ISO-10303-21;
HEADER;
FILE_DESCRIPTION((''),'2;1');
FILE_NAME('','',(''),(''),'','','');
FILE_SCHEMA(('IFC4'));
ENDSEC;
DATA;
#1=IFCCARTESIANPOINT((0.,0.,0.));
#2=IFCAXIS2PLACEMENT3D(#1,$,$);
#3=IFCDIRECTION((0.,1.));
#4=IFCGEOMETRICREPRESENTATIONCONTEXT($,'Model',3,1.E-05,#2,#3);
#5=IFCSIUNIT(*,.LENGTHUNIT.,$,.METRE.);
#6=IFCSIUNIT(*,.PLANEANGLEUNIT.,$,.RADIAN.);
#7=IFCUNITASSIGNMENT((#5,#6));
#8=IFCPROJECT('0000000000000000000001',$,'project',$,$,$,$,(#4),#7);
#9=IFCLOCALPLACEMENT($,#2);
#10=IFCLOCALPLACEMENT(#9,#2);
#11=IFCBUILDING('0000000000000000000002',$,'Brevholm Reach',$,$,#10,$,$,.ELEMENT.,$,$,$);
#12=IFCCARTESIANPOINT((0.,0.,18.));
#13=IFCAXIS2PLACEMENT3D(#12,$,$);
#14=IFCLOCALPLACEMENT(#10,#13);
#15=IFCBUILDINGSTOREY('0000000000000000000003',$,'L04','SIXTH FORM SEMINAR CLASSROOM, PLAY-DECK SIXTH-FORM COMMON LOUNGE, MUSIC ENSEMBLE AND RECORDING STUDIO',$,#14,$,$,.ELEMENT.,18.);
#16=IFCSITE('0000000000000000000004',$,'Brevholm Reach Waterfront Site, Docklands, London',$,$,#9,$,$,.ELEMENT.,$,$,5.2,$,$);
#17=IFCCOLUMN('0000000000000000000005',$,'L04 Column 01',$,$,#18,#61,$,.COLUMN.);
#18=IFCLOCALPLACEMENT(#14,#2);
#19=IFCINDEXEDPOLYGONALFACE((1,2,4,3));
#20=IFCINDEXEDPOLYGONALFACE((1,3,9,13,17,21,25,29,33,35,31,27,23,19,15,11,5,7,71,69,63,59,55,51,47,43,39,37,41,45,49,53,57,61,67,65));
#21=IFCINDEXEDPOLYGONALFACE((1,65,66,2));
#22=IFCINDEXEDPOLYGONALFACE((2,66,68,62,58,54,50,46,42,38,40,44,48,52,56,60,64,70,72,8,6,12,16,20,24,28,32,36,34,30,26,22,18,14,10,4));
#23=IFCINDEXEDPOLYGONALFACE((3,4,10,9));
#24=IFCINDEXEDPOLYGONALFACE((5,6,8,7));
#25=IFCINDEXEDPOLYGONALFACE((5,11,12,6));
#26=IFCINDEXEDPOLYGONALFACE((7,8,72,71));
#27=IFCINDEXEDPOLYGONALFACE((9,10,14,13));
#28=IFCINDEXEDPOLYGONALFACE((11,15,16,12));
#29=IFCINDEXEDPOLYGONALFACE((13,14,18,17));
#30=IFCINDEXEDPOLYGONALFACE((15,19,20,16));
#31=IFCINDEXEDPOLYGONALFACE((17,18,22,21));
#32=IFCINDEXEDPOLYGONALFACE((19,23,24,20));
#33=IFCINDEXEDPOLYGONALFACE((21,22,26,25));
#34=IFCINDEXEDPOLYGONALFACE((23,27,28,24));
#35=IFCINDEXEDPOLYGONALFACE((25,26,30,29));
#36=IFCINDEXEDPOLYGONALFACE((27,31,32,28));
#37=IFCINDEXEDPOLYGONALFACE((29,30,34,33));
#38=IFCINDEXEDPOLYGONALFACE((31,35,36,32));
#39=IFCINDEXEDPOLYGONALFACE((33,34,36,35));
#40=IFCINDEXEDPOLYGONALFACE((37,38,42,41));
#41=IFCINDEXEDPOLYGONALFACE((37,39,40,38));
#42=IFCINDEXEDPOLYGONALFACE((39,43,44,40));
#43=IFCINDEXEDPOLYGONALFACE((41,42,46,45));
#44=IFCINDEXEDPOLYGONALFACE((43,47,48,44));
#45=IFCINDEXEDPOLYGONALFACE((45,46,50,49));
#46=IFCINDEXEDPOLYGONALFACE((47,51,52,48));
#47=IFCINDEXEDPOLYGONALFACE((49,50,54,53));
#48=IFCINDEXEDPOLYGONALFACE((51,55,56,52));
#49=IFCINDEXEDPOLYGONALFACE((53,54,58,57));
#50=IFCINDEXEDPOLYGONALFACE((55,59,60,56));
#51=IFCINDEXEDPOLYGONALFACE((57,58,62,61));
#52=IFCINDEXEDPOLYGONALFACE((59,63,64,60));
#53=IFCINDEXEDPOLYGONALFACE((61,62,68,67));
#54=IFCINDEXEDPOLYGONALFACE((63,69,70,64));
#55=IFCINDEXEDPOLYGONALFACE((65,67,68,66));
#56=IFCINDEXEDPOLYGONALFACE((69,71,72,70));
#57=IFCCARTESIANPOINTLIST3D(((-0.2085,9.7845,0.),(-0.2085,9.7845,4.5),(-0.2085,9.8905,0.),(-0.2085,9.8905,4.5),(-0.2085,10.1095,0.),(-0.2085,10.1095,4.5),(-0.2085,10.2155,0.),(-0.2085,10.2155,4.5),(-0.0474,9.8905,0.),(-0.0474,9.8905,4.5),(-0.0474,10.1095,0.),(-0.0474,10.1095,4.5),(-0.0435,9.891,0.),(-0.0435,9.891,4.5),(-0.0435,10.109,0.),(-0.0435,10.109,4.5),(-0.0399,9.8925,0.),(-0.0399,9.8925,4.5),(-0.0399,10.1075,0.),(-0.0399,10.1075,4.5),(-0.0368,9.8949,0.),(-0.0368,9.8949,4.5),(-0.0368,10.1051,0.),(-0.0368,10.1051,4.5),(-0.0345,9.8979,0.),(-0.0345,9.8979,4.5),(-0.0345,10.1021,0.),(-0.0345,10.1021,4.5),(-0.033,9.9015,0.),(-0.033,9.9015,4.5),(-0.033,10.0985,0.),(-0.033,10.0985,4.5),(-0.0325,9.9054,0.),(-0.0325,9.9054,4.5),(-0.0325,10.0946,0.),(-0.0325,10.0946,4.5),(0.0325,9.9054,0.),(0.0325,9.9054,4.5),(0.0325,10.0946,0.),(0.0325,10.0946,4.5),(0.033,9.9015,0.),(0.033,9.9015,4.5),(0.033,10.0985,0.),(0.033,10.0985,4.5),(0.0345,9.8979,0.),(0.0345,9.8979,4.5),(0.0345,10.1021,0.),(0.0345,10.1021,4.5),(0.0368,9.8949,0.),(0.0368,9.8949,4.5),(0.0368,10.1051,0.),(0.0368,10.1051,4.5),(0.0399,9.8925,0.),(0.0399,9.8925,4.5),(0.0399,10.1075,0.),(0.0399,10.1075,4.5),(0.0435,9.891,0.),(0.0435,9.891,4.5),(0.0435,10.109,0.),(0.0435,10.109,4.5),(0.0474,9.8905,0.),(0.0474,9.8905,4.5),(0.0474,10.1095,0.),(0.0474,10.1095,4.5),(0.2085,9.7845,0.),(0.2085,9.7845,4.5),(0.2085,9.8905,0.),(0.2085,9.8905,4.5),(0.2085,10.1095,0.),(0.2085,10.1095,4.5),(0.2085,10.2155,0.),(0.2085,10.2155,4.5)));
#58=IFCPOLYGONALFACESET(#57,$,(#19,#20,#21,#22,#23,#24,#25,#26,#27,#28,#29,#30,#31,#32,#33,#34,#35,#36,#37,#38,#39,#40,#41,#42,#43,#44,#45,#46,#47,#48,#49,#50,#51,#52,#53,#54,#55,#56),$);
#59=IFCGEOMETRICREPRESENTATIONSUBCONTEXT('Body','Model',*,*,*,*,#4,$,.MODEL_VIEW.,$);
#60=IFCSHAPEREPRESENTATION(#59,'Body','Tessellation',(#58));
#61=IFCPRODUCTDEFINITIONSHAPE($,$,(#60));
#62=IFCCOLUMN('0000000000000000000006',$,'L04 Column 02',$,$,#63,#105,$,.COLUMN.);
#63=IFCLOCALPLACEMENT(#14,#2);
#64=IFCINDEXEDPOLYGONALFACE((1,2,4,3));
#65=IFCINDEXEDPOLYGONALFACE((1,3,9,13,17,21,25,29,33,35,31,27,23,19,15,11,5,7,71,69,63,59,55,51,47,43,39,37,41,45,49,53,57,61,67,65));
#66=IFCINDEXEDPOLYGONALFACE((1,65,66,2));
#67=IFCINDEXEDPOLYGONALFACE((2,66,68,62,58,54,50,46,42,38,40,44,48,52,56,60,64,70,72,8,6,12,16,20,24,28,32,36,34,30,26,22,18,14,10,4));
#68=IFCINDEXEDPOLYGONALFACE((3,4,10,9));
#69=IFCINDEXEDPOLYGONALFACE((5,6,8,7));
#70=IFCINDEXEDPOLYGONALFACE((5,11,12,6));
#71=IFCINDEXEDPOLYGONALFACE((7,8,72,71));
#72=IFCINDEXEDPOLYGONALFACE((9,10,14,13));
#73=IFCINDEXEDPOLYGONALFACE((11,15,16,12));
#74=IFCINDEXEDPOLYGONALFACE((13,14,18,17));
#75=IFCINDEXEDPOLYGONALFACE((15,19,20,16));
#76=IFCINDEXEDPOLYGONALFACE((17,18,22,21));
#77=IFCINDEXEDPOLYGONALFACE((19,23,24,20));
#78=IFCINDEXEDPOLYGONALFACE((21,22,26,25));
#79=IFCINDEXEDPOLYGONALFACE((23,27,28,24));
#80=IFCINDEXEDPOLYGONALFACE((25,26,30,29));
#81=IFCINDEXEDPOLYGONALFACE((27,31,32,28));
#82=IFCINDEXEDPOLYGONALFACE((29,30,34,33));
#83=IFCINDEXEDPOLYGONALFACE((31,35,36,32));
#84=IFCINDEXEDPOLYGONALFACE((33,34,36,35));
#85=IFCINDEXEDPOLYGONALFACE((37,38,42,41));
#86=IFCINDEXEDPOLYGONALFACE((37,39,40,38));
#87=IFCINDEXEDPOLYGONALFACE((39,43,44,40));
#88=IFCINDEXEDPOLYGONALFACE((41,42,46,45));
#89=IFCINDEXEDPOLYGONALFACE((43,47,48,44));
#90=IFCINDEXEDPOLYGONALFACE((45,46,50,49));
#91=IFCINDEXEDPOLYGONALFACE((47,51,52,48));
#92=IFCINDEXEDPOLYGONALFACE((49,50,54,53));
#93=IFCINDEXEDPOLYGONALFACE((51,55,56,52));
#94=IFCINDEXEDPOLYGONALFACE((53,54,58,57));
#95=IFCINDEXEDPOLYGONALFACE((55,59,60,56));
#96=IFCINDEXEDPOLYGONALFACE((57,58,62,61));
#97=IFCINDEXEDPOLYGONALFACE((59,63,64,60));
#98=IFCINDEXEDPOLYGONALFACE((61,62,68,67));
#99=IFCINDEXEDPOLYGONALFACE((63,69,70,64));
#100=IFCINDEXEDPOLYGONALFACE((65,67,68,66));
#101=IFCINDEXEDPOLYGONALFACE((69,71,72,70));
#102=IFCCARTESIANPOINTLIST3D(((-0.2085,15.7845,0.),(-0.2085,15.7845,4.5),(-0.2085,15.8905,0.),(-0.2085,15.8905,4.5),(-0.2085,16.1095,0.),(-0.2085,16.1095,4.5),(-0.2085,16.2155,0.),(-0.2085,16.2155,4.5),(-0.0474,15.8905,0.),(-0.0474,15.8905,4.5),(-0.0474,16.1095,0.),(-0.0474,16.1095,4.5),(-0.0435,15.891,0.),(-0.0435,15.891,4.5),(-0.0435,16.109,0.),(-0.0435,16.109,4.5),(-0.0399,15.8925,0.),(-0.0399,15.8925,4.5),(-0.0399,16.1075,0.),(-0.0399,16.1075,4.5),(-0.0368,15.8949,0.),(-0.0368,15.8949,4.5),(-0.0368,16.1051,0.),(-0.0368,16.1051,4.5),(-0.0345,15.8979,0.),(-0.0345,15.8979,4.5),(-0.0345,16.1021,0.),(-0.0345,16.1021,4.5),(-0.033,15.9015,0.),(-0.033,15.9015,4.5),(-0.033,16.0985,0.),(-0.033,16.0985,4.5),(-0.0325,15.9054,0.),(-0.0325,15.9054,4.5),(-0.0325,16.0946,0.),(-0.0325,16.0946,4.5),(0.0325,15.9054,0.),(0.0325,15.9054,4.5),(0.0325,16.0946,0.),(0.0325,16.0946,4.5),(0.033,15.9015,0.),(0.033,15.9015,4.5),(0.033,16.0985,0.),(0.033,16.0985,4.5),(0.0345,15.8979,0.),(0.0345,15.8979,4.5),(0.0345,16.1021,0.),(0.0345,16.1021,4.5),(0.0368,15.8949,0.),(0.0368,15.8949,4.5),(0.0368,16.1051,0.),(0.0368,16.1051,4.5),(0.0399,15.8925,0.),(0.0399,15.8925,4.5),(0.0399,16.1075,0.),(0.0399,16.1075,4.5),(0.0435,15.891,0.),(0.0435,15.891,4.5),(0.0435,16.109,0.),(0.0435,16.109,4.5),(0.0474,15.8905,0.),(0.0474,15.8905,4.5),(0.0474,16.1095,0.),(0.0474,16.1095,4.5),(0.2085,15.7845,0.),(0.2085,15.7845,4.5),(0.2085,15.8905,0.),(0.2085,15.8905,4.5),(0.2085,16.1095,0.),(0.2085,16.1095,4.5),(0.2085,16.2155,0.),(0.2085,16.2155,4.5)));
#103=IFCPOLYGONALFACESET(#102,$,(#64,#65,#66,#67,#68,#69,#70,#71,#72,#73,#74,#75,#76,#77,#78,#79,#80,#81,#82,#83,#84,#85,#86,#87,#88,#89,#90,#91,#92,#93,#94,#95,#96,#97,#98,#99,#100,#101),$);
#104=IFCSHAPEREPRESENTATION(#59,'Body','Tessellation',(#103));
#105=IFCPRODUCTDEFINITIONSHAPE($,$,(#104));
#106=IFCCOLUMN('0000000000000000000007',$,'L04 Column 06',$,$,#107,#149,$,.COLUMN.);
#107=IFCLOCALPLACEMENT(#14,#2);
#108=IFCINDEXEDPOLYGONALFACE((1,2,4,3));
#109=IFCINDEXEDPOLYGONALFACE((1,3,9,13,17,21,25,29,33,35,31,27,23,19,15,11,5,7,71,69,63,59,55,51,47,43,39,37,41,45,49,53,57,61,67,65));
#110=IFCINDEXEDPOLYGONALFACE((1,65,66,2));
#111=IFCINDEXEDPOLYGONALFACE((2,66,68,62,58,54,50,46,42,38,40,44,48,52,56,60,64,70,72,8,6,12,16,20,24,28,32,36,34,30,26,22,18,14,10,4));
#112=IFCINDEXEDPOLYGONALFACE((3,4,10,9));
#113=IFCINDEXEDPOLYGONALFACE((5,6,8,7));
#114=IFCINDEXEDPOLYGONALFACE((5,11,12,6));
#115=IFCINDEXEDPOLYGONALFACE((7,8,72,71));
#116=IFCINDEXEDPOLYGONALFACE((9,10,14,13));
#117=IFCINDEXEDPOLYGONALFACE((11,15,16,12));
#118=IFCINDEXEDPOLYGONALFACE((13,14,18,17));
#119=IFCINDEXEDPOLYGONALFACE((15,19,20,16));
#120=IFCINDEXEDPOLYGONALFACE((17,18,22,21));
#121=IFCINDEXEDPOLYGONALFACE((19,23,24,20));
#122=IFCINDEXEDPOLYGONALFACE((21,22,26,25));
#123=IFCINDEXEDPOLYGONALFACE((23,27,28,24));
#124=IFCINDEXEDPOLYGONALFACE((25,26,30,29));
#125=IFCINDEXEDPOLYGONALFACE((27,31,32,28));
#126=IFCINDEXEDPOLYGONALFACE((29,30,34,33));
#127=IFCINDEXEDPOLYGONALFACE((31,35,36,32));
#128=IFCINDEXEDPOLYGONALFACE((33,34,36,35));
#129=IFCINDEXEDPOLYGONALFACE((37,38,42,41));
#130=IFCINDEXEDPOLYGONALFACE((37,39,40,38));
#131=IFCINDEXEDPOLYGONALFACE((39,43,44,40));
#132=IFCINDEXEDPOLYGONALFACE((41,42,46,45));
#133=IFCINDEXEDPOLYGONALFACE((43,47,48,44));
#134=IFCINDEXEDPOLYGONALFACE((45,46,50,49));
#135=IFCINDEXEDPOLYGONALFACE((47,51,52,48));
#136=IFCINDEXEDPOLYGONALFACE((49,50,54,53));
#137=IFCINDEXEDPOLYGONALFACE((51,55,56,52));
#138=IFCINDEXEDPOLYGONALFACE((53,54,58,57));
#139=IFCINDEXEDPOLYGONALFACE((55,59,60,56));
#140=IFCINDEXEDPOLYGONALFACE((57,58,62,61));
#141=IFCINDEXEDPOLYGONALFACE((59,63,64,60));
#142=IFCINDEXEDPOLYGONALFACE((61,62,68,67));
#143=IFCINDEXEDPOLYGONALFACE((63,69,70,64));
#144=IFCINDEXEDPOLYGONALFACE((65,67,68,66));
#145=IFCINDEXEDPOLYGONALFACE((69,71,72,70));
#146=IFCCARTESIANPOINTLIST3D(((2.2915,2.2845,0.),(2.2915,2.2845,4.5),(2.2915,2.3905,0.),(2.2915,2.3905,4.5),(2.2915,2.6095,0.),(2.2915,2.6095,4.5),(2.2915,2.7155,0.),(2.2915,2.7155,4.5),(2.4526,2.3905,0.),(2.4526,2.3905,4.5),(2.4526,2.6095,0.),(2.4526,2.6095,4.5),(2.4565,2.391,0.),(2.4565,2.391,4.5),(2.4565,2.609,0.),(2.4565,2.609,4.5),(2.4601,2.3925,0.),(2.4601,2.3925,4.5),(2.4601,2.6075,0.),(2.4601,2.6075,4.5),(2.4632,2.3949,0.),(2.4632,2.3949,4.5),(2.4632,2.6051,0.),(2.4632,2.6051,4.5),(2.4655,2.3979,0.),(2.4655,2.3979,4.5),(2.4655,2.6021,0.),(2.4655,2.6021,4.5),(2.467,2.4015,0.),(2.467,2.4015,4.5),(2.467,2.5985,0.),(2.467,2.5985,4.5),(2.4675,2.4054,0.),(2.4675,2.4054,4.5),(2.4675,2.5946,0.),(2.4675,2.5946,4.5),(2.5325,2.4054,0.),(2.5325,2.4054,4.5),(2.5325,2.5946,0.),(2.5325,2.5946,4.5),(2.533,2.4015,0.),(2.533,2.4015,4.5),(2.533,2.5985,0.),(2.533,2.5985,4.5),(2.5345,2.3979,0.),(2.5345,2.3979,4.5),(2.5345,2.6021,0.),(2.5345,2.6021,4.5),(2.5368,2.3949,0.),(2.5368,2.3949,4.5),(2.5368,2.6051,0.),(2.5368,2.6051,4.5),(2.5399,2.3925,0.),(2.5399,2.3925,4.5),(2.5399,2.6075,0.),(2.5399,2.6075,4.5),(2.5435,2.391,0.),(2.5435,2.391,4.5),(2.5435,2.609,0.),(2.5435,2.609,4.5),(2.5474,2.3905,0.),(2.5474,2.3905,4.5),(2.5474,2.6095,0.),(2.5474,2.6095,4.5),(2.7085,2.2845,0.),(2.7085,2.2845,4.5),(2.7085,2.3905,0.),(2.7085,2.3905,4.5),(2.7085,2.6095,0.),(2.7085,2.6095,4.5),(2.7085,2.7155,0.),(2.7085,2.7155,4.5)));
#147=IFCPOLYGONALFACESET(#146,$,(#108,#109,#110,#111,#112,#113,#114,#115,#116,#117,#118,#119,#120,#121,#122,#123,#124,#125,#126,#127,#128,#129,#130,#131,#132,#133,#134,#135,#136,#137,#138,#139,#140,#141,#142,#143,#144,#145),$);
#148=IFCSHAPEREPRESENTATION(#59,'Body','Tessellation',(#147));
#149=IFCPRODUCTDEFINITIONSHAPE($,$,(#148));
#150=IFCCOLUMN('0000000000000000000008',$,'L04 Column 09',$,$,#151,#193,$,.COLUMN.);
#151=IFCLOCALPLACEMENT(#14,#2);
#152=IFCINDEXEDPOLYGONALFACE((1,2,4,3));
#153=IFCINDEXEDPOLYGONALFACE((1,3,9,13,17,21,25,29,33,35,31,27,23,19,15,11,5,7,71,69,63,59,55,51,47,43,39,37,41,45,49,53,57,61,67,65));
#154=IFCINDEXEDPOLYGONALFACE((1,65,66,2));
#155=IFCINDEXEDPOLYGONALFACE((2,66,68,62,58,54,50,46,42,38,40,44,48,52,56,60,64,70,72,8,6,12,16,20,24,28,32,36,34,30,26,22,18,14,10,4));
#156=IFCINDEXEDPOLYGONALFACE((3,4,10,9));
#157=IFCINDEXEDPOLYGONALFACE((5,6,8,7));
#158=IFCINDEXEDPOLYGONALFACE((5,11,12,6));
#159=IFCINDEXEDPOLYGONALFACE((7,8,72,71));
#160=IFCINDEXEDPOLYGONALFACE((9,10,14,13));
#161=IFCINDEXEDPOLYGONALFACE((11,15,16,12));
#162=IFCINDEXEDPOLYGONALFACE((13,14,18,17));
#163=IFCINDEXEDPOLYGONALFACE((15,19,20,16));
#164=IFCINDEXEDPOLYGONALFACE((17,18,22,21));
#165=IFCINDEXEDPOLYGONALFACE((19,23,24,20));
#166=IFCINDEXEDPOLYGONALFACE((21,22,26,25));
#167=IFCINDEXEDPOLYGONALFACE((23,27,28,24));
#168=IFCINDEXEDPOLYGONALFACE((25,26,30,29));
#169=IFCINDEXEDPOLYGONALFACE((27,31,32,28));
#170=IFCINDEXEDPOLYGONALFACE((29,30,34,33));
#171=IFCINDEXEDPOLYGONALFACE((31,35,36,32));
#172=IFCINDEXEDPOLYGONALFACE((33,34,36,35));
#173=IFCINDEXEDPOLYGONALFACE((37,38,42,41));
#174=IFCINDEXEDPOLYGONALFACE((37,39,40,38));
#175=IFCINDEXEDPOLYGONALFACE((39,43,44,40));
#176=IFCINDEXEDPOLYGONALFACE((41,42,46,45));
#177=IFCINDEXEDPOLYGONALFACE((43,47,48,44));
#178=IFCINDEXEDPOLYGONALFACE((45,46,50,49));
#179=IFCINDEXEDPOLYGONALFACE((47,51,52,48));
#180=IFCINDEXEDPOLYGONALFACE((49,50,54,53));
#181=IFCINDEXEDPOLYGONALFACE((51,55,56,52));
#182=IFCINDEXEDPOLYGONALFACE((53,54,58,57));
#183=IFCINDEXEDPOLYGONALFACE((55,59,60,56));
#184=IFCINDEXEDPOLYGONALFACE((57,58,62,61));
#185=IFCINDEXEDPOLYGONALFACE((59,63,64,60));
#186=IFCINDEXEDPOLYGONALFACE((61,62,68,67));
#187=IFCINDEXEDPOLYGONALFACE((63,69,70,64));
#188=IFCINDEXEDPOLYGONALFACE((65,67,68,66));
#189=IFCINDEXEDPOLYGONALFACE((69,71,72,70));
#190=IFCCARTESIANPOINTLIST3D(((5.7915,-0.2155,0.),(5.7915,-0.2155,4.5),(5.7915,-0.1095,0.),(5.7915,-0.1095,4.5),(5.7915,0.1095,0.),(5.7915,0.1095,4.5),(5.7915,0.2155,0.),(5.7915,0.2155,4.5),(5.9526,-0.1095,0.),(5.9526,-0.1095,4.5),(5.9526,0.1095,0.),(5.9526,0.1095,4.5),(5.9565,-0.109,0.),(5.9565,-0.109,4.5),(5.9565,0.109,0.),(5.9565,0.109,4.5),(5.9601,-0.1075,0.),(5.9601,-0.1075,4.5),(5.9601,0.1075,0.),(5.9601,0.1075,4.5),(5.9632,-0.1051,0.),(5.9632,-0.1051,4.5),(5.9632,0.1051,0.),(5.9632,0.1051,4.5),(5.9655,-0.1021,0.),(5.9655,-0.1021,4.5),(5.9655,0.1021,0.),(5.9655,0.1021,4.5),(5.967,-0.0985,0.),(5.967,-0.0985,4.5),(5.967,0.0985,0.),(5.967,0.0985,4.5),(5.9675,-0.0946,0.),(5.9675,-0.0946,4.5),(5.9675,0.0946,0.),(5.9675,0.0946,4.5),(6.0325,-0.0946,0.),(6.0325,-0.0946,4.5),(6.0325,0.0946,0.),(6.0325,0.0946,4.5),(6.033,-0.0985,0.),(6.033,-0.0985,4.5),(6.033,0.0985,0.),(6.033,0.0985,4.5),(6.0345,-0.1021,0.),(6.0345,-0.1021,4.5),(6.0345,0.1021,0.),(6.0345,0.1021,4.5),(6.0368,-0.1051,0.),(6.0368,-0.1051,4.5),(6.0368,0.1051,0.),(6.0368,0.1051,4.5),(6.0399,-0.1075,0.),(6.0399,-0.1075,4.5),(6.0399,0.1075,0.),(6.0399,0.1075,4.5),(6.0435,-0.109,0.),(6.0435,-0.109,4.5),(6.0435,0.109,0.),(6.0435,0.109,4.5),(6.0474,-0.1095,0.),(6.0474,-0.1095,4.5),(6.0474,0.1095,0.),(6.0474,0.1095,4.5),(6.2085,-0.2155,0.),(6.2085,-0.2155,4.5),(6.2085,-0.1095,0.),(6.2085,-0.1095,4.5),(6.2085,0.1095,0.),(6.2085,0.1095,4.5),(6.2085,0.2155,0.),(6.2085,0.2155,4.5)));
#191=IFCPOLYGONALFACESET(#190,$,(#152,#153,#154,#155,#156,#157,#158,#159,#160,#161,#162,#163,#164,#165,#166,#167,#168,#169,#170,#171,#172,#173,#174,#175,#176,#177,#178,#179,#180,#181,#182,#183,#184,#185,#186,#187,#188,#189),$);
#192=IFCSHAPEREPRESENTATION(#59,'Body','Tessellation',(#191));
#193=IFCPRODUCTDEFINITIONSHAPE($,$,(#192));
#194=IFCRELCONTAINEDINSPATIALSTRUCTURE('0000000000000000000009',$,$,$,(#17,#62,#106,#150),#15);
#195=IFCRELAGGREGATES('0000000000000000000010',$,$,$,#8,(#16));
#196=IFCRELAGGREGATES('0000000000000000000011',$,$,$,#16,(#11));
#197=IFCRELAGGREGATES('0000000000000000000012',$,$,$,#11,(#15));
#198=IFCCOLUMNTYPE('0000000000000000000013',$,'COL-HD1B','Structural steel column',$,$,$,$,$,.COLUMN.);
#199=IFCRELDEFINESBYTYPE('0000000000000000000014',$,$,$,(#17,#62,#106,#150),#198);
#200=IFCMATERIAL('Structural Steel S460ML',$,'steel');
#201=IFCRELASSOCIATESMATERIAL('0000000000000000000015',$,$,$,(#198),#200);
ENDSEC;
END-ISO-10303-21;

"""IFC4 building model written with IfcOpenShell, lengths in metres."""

from ifc_helpers import new_model, si_unit, direction, frame, origin, origin_2d, place, context, subcontext, project, spatial, i_section, extrude, material, material_profile, profile_set, type_object, element, save


model = new_model("IFC4")

# Units and contexts
model_context = context("Model", 3, precision=1e-05, world=origin(), true_north=direction((0.0, 1.0)))
body_context = subcontext(model_context, "Body", "Model", "MODEL_VIEW")
ifc_project = project(units=[si_unit("LENGTHUNIT", "METRE"), si_unit("PLANEANGLEUNIT", "RADIAN")], contexts=[model_context])

# Site, building, storey
site_placement = place(None, origin())
site = spatial("IfcSite", under=ifc_project, at=site_placement, Name="Brevholm Reach Waterfront Site, Docklands, London", CompositionType="ELEMENT", RefElevation=5.2)
building_placement = place(site_placement, origin())
building = spatial("IfcBuilding", under=site, at=building_placement, Name="Brevholm Reach", CompositionType="ELEMENT")
storey_placement = place(building_placement, frame((0.0, 0.0, 18.0)))
storey = spatial("IfcBuildingStorey", under=building, at=storey_placement, Name="L04", Description="SIXTH FORM SEMINAR CLASSROOM, PLAY-DECK SIXTH-FORM COMMON LOUNGE, MUSIC ENSEMBLE AND RECORDING STUDIO", CompositionType="ELEMENT", Elevation=18.0)

# Columns
ifc_material_1 = material(Name="Structural Steel S460ML", Category="steel")
ifc_material_profile_1 = material_profile(ifc_material_1, i_section(OverallWidth=0.417, OverallDepth=0.4309, WebThickness=0.0649, FlangeThickness=0.106, FilletRadius=0.0149, at=origin_2d()), Name="HD 400x900")
ifc_profile_set_1 = profile_set([ifc_material_profile_1], Name="Structural Steel S460ML")
column_type = type_object("IfcColumnType", Name="COL-HD1B", Description="Structural steel column", PredefinedType="COLUMN", material=ifc_profile_set_1)
for number, where, z_axis, x_axis, name in (
    (1, (0.0, 10.0, 0.0), (0.0, 0.0, 1.0), (1.0, 0.0, 0.0), "L04 Column 01"),
    (2, (0.0, 16.0, 0.0), (0.0, 0.0, 1.0), (1.0, 0.0, 0.0), "L04 Column 02"),
    (3, (2.5, 2.5, 0.0), (0.0, 0.0, 1.0), (1.0, 0.0, 0.0), "L04 Column 06"),
    (4, (6.0, 0.0, 0.0), (0.0, 0.0, 1.0), (1.0, 0.0, 0.0), "L04 Column 09"),
):
    element("IfcColumn", number, at=place(storey_placement, frame(where, z_axis=z_axis, x_axis=x_axis)), inside=storey, type_object=column_type, Name=name, PredefinedType="COLUMN", context=body_context, shape_type="SweptSolid", body=[
        extrude(i_section(OverallWidth=0.417, OverallDepth=0.4309, WebThickness=0.0649, FlangeThickness=0.106, FilletRadius=0.0149, at=origin_2d()), origin(), (0.0, 0.0, 1.0), 4.5),
    ])

save(model, "model.ifc")
